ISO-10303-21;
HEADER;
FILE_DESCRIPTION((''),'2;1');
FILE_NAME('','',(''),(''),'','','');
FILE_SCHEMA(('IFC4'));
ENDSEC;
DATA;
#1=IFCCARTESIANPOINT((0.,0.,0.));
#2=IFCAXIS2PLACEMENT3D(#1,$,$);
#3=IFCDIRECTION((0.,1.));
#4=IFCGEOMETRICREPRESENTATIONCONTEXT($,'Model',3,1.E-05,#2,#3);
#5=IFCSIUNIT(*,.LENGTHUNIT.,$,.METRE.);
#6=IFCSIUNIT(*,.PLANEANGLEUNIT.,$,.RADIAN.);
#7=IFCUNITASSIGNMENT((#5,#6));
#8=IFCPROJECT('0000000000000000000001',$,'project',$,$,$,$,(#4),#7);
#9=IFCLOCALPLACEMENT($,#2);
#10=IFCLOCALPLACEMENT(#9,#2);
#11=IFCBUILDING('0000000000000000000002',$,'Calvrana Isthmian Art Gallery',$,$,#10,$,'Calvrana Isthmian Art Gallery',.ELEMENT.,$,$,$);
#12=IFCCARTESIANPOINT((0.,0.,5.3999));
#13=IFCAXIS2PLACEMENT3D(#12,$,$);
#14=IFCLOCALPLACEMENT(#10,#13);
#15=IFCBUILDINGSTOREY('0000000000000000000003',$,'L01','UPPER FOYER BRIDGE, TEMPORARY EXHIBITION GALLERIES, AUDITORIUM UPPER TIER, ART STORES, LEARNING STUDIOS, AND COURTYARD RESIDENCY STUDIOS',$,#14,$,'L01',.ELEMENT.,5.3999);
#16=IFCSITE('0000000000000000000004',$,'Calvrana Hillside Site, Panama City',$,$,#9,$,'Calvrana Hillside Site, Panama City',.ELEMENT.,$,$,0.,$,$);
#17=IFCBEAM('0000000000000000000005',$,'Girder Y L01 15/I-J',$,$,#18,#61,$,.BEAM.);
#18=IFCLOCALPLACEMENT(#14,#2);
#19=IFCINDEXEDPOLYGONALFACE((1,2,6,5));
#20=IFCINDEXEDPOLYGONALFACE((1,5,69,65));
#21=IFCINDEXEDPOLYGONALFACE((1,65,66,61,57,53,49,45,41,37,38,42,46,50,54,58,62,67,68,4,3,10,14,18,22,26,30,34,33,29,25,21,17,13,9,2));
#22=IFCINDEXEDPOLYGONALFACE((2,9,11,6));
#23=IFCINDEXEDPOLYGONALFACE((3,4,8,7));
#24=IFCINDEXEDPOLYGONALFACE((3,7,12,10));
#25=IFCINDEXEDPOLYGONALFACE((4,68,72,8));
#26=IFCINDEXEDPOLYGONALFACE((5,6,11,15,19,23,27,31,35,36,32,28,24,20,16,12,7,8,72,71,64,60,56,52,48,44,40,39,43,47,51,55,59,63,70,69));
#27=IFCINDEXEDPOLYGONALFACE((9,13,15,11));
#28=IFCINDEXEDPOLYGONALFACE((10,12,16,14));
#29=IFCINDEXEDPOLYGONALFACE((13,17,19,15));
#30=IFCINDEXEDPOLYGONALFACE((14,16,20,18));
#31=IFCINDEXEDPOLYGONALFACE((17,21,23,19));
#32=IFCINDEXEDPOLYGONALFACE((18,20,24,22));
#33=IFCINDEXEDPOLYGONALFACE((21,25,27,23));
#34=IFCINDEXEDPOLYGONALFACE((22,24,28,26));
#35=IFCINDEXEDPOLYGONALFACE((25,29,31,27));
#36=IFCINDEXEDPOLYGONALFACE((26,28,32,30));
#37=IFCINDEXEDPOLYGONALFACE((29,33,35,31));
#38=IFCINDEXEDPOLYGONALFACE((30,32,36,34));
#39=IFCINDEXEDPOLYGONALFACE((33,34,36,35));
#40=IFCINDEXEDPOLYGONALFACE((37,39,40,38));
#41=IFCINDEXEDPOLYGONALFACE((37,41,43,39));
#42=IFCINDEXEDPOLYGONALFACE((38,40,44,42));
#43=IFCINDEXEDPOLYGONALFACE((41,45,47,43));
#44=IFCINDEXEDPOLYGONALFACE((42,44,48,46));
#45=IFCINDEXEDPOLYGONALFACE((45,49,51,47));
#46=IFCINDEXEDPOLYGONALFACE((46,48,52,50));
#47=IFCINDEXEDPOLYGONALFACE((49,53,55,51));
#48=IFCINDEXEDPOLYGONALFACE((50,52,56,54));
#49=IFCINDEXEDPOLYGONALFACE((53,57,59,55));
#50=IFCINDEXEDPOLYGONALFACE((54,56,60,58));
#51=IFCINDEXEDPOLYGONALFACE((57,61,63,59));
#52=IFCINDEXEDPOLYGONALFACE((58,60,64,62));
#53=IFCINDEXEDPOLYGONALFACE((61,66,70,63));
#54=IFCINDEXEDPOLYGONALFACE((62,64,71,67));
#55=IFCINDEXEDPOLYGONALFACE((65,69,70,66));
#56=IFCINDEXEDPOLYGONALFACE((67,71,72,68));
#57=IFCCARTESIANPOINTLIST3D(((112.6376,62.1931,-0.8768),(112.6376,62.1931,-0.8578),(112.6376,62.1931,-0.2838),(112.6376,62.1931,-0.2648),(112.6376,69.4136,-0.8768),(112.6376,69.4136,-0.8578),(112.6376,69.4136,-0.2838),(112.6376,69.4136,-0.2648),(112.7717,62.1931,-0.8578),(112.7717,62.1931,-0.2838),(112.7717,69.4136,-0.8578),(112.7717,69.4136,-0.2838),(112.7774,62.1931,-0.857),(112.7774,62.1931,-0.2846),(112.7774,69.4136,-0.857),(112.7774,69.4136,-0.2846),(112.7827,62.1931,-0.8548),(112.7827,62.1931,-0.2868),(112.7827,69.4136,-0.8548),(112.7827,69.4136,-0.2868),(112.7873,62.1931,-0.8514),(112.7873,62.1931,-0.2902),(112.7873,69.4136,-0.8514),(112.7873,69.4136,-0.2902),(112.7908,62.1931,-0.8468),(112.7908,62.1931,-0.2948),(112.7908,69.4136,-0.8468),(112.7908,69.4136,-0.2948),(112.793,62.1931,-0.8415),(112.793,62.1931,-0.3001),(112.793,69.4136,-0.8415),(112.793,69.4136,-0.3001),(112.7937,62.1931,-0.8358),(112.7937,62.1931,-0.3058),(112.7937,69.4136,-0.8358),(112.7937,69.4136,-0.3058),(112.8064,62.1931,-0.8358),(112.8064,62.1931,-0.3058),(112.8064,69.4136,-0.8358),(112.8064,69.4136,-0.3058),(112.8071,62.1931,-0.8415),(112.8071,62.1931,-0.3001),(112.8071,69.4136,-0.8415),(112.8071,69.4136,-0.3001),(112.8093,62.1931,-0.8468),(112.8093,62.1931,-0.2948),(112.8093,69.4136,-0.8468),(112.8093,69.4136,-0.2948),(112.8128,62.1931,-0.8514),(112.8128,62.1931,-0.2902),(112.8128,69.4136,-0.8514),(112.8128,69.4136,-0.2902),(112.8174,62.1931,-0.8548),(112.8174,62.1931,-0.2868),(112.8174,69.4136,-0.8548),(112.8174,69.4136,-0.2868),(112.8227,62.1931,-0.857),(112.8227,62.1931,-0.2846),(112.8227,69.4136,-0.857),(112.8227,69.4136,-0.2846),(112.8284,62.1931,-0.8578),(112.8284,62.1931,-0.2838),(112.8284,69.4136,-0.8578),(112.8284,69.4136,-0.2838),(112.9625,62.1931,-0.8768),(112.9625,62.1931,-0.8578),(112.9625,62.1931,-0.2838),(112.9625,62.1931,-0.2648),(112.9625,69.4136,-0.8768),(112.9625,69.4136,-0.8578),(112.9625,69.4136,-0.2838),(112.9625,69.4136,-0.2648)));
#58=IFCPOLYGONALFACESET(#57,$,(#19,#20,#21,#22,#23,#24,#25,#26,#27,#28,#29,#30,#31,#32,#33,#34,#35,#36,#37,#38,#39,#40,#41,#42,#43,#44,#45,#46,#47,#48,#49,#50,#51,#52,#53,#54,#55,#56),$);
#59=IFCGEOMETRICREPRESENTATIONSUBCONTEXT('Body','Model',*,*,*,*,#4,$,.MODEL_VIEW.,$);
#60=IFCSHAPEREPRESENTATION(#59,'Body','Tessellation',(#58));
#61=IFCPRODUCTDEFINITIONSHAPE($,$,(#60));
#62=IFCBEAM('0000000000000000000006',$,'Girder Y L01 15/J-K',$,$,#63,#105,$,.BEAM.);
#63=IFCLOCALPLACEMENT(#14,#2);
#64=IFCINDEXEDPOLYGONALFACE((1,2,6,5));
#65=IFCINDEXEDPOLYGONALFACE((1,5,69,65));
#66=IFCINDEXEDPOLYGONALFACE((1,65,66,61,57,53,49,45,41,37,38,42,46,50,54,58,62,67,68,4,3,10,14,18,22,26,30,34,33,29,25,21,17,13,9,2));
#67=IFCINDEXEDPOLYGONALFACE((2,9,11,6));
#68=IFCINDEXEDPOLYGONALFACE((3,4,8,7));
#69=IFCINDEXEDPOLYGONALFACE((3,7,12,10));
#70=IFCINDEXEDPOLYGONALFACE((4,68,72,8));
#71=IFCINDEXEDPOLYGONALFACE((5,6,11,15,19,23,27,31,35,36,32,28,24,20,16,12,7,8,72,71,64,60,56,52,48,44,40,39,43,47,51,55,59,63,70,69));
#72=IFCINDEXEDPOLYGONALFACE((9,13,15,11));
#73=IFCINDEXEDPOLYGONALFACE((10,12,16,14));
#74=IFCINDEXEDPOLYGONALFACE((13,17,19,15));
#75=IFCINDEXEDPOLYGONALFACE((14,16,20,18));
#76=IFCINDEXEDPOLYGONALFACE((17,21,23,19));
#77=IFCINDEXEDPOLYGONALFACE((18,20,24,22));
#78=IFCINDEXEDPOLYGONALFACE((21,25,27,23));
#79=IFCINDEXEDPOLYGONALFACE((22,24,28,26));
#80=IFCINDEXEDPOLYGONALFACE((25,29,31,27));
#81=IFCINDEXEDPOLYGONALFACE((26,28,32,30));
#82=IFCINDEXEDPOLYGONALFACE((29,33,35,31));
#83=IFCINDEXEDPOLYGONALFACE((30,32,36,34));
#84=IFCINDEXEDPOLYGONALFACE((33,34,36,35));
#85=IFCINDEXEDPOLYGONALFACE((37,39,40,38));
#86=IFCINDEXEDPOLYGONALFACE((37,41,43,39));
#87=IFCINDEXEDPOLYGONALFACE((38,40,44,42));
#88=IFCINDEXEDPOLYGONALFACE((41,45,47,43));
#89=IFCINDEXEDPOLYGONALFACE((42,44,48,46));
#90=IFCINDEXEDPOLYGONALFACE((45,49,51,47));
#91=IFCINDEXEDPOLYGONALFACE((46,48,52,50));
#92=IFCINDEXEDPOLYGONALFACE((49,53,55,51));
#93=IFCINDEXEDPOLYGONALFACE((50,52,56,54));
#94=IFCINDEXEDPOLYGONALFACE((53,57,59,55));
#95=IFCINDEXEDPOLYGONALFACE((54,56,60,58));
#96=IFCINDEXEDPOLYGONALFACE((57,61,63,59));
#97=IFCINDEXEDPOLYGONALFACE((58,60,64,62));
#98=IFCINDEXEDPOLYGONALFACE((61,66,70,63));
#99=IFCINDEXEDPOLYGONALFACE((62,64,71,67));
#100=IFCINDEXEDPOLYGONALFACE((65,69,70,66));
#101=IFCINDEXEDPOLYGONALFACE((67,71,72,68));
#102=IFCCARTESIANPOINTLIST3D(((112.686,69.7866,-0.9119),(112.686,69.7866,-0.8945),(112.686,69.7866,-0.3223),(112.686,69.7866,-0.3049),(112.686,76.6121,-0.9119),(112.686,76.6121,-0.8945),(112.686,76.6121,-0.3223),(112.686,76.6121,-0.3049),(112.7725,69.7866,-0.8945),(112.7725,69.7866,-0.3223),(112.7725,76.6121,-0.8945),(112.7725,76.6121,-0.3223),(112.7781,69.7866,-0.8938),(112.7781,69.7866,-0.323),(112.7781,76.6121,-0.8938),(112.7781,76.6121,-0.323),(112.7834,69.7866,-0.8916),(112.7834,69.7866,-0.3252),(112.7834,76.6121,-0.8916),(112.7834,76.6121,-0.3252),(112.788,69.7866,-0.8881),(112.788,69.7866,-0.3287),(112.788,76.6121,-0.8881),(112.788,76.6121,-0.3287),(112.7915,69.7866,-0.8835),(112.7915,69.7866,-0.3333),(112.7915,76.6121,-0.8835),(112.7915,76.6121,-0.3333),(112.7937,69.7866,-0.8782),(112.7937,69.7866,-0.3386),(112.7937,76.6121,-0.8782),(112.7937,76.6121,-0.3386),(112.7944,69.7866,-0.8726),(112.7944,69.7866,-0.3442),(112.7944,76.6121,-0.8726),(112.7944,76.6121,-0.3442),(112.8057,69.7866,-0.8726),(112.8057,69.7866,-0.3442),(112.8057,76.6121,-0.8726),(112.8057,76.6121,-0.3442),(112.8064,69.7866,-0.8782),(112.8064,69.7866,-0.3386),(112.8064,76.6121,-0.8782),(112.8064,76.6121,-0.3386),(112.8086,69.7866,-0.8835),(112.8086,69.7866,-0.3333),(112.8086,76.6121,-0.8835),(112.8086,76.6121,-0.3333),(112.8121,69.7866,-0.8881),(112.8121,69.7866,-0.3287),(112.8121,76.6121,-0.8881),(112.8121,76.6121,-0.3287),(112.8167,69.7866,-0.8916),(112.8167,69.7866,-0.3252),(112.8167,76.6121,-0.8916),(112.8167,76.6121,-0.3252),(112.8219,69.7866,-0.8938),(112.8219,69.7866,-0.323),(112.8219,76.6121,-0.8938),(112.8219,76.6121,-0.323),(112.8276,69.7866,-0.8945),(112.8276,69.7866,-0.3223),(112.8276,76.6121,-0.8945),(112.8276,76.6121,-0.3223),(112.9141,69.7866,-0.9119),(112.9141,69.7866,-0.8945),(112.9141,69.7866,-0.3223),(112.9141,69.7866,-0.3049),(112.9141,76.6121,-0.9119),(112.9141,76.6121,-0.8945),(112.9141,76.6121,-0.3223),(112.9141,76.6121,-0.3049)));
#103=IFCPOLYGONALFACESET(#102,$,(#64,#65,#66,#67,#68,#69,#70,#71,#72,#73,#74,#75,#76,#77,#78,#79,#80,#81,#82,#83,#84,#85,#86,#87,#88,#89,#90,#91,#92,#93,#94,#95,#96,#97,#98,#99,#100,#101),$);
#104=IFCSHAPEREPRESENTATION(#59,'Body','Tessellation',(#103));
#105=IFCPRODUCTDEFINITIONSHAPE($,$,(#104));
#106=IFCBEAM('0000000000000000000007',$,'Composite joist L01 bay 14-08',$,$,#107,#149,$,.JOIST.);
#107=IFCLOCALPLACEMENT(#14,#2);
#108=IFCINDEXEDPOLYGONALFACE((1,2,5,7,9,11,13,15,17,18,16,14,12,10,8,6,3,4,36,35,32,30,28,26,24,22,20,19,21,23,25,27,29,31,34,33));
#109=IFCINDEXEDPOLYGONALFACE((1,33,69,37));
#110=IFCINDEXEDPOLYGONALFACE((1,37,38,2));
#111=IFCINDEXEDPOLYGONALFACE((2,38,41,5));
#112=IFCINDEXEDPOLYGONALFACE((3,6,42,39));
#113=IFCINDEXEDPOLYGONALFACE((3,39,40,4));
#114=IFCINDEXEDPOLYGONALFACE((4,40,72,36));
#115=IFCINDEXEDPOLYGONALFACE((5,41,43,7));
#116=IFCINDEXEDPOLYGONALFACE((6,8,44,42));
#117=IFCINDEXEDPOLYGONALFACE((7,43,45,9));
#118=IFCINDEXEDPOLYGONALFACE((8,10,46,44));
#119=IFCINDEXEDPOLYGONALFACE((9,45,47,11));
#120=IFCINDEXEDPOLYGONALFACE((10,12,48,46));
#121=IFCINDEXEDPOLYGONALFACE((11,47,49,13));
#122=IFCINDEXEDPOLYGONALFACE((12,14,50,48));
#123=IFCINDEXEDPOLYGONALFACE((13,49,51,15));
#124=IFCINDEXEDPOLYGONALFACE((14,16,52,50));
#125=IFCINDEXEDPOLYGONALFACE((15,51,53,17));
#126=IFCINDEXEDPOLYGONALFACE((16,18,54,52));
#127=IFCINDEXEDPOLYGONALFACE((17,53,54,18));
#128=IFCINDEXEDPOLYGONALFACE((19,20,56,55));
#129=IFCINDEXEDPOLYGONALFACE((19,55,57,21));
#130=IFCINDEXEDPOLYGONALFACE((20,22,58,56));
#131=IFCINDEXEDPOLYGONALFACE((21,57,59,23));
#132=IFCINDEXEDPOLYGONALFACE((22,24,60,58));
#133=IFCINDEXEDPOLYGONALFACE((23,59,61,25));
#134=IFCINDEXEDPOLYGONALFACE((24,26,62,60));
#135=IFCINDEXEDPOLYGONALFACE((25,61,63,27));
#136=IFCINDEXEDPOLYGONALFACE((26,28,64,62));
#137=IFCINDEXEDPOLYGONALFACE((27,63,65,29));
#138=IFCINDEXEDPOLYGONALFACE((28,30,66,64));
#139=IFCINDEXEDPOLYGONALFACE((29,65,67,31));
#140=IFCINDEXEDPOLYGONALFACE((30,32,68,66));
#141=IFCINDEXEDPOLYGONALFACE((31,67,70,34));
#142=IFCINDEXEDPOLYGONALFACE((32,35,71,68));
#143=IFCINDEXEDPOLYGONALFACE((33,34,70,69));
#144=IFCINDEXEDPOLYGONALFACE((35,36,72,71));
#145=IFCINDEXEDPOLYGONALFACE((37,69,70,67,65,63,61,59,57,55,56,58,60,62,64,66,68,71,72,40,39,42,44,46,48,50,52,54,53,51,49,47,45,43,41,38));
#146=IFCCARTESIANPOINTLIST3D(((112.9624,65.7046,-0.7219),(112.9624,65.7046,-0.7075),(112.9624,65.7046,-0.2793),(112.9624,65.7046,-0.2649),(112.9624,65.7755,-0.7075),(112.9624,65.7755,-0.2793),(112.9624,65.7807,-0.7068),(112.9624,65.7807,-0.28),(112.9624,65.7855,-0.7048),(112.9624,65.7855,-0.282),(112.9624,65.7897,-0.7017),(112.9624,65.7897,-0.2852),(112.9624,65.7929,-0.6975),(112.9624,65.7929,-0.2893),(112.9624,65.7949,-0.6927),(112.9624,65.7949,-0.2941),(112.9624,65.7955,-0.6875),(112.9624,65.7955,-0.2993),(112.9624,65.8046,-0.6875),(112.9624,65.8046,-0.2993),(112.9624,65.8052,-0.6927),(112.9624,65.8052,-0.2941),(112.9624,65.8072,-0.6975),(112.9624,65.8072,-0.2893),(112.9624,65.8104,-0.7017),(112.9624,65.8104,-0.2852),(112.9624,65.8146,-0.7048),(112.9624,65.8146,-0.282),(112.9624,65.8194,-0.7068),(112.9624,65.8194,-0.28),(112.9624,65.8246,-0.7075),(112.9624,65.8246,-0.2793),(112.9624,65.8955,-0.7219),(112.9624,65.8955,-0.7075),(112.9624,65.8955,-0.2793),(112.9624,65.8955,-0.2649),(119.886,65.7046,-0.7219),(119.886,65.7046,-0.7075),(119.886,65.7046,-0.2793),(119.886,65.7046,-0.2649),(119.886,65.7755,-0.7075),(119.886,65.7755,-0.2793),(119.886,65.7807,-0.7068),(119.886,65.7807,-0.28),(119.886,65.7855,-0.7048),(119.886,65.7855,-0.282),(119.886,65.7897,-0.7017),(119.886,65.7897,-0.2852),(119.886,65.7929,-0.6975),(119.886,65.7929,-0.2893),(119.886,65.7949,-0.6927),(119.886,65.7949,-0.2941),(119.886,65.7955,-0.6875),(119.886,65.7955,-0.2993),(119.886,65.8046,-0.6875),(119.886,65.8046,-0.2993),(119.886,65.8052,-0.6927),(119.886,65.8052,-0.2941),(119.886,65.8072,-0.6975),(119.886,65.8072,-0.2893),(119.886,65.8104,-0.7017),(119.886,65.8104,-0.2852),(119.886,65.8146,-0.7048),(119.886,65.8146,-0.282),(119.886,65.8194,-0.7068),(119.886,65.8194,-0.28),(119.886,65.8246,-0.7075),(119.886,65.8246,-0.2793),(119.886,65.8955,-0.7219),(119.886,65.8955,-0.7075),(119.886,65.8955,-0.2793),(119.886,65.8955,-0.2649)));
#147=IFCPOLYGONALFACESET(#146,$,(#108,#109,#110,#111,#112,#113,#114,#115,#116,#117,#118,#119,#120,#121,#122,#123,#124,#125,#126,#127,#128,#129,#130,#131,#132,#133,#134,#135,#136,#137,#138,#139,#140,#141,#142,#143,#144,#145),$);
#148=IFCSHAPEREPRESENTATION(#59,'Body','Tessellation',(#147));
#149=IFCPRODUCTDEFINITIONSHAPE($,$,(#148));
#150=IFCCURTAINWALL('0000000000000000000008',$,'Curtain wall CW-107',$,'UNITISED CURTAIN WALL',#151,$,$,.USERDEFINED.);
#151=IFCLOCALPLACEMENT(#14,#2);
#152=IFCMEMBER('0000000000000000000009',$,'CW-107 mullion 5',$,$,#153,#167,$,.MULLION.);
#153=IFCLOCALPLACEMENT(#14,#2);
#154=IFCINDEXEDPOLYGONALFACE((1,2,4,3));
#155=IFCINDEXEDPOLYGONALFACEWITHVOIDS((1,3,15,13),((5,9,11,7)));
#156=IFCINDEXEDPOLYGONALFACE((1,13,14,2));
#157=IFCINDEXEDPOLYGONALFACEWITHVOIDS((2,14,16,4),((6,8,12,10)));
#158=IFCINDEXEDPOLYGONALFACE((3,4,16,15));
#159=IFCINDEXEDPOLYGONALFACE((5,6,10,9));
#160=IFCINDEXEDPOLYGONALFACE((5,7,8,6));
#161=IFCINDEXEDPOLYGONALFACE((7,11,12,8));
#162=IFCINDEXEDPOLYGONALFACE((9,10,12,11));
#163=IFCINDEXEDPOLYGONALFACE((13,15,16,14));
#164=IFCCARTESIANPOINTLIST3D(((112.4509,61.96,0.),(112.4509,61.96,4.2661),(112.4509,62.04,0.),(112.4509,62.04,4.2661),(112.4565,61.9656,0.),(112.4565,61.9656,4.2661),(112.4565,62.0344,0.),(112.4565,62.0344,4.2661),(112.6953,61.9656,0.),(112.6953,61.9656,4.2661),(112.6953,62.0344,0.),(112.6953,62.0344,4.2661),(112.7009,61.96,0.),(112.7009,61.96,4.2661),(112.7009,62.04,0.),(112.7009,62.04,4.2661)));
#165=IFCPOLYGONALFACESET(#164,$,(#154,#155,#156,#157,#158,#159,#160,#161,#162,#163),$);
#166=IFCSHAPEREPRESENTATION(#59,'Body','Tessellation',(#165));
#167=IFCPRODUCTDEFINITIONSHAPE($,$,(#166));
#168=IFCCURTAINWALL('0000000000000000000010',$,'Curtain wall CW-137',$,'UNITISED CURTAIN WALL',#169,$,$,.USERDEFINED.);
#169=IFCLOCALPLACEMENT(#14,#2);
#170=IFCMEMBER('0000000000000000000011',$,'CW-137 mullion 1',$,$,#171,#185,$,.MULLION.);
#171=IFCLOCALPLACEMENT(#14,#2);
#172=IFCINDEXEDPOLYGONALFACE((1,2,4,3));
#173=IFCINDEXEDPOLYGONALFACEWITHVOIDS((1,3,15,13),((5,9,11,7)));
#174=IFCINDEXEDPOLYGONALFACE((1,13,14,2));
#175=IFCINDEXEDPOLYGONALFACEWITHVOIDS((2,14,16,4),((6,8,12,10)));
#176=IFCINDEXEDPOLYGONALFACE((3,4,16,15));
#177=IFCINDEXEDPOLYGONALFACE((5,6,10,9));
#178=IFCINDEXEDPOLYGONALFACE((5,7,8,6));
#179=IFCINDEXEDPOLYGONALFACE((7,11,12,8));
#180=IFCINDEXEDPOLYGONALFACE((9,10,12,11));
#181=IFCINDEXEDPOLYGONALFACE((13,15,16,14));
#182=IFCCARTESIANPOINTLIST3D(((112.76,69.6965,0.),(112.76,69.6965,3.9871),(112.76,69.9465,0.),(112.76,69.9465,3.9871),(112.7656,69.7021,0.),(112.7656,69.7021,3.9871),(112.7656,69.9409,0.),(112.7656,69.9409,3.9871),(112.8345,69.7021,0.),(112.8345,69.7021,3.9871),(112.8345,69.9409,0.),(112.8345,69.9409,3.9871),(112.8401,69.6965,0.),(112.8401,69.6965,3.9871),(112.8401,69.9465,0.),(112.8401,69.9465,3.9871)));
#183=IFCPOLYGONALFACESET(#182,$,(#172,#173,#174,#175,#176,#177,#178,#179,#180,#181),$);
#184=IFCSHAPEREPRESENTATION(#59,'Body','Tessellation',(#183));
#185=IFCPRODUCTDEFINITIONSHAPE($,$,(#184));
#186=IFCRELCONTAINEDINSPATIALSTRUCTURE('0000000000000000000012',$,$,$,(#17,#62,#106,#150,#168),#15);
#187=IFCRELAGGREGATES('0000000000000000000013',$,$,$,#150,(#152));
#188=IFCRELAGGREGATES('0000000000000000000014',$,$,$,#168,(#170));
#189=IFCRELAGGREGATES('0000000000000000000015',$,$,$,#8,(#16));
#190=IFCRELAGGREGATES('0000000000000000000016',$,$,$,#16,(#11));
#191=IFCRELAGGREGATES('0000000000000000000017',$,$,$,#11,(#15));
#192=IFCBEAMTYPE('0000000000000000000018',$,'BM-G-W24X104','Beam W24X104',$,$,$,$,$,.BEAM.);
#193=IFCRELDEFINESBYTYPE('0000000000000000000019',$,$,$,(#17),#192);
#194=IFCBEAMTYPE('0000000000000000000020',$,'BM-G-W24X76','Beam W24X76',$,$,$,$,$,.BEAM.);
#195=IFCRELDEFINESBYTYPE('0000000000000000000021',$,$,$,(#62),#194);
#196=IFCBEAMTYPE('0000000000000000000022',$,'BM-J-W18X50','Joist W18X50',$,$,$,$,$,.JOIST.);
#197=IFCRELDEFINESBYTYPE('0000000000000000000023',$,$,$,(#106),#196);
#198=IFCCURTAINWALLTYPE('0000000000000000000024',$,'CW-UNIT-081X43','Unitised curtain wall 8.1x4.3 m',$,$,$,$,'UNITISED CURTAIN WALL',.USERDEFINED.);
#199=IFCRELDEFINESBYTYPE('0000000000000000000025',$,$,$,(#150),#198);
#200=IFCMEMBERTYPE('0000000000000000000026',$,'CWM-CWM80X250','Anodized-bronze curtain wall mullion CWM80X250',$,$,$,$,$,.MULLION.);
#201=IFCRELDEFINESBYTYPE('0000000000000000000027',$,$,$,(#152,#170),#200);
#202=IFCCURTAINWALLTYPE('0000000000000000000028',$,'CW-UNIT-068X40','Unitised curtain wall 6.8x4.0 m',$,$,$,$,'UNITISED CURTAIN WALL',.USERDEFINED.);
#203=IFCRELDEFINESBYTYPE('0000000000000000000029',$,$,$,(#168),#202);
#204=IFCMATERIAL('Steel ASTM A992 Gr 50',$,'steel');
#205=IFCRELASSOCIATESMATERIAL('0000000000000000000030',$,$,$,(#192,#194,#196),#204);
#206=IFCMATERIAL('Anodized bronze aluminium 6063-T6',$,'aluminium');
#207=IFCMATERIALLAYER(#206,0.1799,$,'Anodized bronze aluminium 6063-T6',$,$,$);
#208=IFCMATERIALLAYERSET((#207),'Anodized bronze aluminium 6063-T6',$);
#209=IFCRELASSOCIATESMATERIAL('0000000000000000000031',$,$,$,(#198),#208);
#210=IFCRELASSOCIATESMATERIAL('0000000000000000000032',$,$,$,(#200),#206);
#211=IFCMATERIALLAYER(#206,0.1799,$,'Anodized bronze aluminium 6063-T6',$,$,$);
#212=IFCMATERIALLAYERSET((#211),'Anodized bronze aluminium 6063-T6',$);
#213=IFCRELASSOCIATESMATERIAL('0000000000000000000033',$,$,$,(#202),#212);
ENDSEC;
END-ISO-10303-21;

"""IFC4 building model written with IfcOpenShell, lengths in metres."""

from ifc_helpers import new_model, si_unit, direction, frame, origin, origin_2d, place, context, subcontext, project, spatial, hollow_rectangle, i_section, extrude, material, layer, layer_set, material_profile, profile_set, type_object, element, aggregate, save


model = new_model("IFC4")

# Units and contexts
model_context = context("Model", 3, precision=1e-05, world=origin(), true_north=direction((0.0, 1.0)))
body_context = subcontext(model_context, "Body", "Model", "MODEL_VIEW")
ifc_project = project(units=[si_unit("LENGTHUNIT", "METRE"), si_unit("PLANEANGLEUNIT", "RADIAN")], contexts=[model_context])

# Site, building, storey
site_placement = place(None, origin())
site = spatial("IfcSite", under=ifc_project, at=site_placement, Name="Calvrana Hillside Site, Panama City", LongName="Calvrana Hillside Site, Panama City", CompositionType="ELEMENT", RefElevation=0.0)
building_placement = place(site_placement, origin())
building = spatial("IfcBuilding", under=site, at=building_placement, Name="Calvrana Isthmian Art Gallery", LongName="Calvrana Isthmian Art Gallery", CompositionType="ELEMENT")
storey_placement = place(building_placement, frame((0.0, 0.0, 5.3999)))
storey = spatial("IfcBuildingStorey", under=building, at=storey_placement, Name="L01", Description="UPPER FOYER BRIDGE, TEMPORARY EXHIBITION GALLERIES, AUDITORIUM UPPER TIER, ART STORES, LEARNING STUDIOS, AND COURTYARD RESIDENCY STUDIOS", LongName="L01", CompositionType="ELEMENT", Elevation=5.3999)

# Shared definitions
ifc_material_1 = material(Name="Steel ASTM A992 Gr 50", Category="steel")

# Beams
ifc_material_profile_1 = material_profile(ifc_material_1, i_section(OverallWidth=0.325, OverallDepth=0.6121, WebThickness=0.0127, FlangeThickness=0.019, FilletRadius=0.022, at=origin_2d()), Name="W24X104")
ifc_profile_set_1 = profile_set([ifc_material_profile_1], Name="Steel ASTM A992 Gr 50")
beam_type_1 = type_object("IfcBeamType", Name="BM-G-W24X104", Description="Beam W24X104", PredefinedType="BEAM", material=ifc_profile_set_1)
beam_1_placement = place(storey_placement, frame((112.8, 62.1931, -0.5708), z_axis=(0.0, 1.0, 0.0), x_axis=(-1.0, 0.0, 0.0)))
element("IfcBeam", 1, at=beam_1_placement, inside=storey, type_object=beam_type_1, Name="Girder Y L01 15/I-J", PredefinedType="BEAM", context=body_context, shape_type="SweptSolid", body=[
    extrude(i_section(OverallWidth=0.325, OverallDepth=0.6121, WebThickness=0.0127, FlangeThickness=0.019, FilletRadius=0.022, at=origin_2d()), origin(), (0.0, 0.0, 1.0), 7.2205),
])
ifc_material_profile_2 = material_profile(ifc_material_1, i_section(OverallWidth=0.228, OverallDepth=0.6069, WebThickness=0.0112, FlangeThickness=0.0173, FilletRadius=0.022, at=origin_2d()), Name="W24X76")
ifc_profile_set_2 = profile_set([ifc_material_profile_2], Name="Steel ASTM A992 Gr 50")
beam_type_2 = type_object("IfcBeamType", Name="BM-G-W24X76", Description="Beam W24X76", PredefinedType="BEAM", material=ifc_profile_set_2)
beam_2_placement = place(storey_placement, frame((112.8, 69.7866, -0.6084), z_axis=(0.0, 1.0, 0.0), x_axis=(-1.0, 0.0, 0.0)))
element("IfcBeam", 2, at=beam_2_placement, inside=storey, type_object=beam_type_2, Name="Girder Y L01 15/J-K", PredefinedType="BEAM", context=body_context, shape_type="SweptSolid", body=[
    extrude(i_section(OverallWidth=0.228, OverallDepth=0.6069, WebThickness=0.0112, FlangeThickness=0.0173, FilletRadius=0.022, at=origin_2d()), origin(), (0.0, 0.0, 1.0), 6.8254),
])
ifc_material_profile_3 = material_profile(ifc_material_1, i_section(OverallWidth=0.1909, OverallDepth=0.457, WebThickness=0.009, FlangeThickness=0.0144, FilletRadius=0.02, at=origin_2d()), Name="W18X50")
ifc_profile_set_3 = profile_set([ifc_material_profile_3], Name="Steel ASTM A992 Gr 50")
beam_type_3 = type_object("IfcBeamType", Name="BM-J-W18X50", Description="Joist W18X50", PredefinedType="JOIST", material=ifc_profile_set_3)
beam_3_placement = place(storey_placement, frame((112.9624, 65.8, -0.4934), z_axis=(1.0, 0.0, 0.0), x_axis=(0.0, 1.0, 0.0)))
element("IfcBeam", 3, at=beam_3_placement, inside=storey, type_object=beam_type_3, Name="Composite joist L01 bay 14-08", PredefinedType="JOIST", context=body_context, shape_type="SweptSolid", body=[
    extrude(i_section(OverallWidth=0.1909, OverallDepth=0.457, WebThickness=0.009, FlangeThickness=0.0144, FilletRadius=0.02, at=origin_2d()), origin(), (0.0, 0.0, 1.0), 6.9236),
])

# Curtain wall, member
ifc_material_2 = material(Name="Anodized bronze aluminium 6063-T6", Category="aluminium")
ifc_layer_1 = layer(ifc_material_2, 0.1799, Name="Anodized bronze aluminium 6063-T6")
ifc_layer_set_1 = layer_set([ifc_layer_1], Name="Anodized bronze aluminium 6063-T6")
curtain_wall_type_1 = type_object("IfcCurtainWallType", Name="CW-UNIT-081X43", Description="Unitised curtain wall 8.1x4.3 m", ElementType="UNITISED CURTAIN WALL", PredefinedType="USERDEFINED", material=ifc_layer_set_1)
curtain_wall_1_placement = place(storey_placement, origin())
curtain_wall_1 = element("IfcCurtainWall", 4, at=curtain_wall_1_placement, inside=storey, type_object=curtain_wall_type_1, Name="Curtain wall CW-107", ObjectType="UNITISED CURTAIN WALL", PredefinedType="USERDEFINED")
ifc_material_profile_4 = material_profile(ifc_material_2, hollow_rectangle(XDim=0.0801, YDim=0.25, WallThickness=0.0056, at=origin_2d()), Name="CWM80X250")
ifc_profile_set_4 = profile_set([ifc_material_profile_4], Name="Anodized bronze aluminium 6063-T6")
member_type_1 = type_object("IfcMemberType", Name="CWM-CWM80X250", Description="Anodized-bronze curtain wall mullion CWM80X250", PredefinedType="MULLION", material=ifc_profile_set_4)
member_1_placement = place(storey_placement, frame((112.5759, 62.0, 0.0), z_axis=(0.0, 0.0, 1.0), x_axis=(0.0, 1.0, 0.0)))
member_1 = element("IfcMember", 5, at=member_1_placement, type_object=member_type_1, Name="CW-107 mullion 5", PredefinedType="MULLION", context=body_context, shape_type="SweptSolid", body=[
    extrude(hollow_rectangle(XDim=0.0801, YDim=0.25, WallThickness=0.0056, at=origin_2d()), origin(), (0.0, 0.0, 1.0), 4.2661),
])

# Curtain wall, member
ifc_layer_2 = layer(ifc_material_2, 0.1799, Name="Anodized bronze aluminium 6063-T6")
ifc_layer_set_2 = layer_set([ifc_layer_2], Name="Anodized bronze aluminium 6063-T6")
curtain_wall_type_2 = type_object("IfcCurtainWallType", Name="CW-UNIT-068X40", Description="Unitised curtain wall 6.8x4.0 m", ElementType="UNITISED CURTAIN WALL", PredefinedType="USERDEFINED", material=ifc_layer_set_2)
curtain_wall_2_placement = place(storey_placement, origin())
curtain_wall_2 = element("IfcCurtainWall", 6, at=curtain_wall_2_placement, inside=storey, type_object=curtain_wall_type_2, Name="Curtain wall CW-137", ObjectType="UNITISED CURTAIN WALL", PredefinedType="USERDEFINED")
member_2_placement = place(storey_placement, frame((112.8, 69.8215, 0.0), z_axis=(0.0, 0.0, 1.0), x_axis=(-1.0, 0.0, 0.0)))
member_2 = element("IfcMember", 7, at=member_2_placement, type_object=member_type_1, Name="CW-137 mullion 1", PredefinedType="MULLION", context=body_context, shape_type="SweptSolid", body=[
    extrude(hollow_rectangle(XDim=0.0801, YDim=0.25, WallThickness=0.0056, at=origin_2d()), origin(), (0.0, 0.0, 1.0), 3.9871),
])

aggregate(curtain_wall_1, [member_1])
aggregate(curtain_wall_2, [member_2])

save(model, "model.ifc")
